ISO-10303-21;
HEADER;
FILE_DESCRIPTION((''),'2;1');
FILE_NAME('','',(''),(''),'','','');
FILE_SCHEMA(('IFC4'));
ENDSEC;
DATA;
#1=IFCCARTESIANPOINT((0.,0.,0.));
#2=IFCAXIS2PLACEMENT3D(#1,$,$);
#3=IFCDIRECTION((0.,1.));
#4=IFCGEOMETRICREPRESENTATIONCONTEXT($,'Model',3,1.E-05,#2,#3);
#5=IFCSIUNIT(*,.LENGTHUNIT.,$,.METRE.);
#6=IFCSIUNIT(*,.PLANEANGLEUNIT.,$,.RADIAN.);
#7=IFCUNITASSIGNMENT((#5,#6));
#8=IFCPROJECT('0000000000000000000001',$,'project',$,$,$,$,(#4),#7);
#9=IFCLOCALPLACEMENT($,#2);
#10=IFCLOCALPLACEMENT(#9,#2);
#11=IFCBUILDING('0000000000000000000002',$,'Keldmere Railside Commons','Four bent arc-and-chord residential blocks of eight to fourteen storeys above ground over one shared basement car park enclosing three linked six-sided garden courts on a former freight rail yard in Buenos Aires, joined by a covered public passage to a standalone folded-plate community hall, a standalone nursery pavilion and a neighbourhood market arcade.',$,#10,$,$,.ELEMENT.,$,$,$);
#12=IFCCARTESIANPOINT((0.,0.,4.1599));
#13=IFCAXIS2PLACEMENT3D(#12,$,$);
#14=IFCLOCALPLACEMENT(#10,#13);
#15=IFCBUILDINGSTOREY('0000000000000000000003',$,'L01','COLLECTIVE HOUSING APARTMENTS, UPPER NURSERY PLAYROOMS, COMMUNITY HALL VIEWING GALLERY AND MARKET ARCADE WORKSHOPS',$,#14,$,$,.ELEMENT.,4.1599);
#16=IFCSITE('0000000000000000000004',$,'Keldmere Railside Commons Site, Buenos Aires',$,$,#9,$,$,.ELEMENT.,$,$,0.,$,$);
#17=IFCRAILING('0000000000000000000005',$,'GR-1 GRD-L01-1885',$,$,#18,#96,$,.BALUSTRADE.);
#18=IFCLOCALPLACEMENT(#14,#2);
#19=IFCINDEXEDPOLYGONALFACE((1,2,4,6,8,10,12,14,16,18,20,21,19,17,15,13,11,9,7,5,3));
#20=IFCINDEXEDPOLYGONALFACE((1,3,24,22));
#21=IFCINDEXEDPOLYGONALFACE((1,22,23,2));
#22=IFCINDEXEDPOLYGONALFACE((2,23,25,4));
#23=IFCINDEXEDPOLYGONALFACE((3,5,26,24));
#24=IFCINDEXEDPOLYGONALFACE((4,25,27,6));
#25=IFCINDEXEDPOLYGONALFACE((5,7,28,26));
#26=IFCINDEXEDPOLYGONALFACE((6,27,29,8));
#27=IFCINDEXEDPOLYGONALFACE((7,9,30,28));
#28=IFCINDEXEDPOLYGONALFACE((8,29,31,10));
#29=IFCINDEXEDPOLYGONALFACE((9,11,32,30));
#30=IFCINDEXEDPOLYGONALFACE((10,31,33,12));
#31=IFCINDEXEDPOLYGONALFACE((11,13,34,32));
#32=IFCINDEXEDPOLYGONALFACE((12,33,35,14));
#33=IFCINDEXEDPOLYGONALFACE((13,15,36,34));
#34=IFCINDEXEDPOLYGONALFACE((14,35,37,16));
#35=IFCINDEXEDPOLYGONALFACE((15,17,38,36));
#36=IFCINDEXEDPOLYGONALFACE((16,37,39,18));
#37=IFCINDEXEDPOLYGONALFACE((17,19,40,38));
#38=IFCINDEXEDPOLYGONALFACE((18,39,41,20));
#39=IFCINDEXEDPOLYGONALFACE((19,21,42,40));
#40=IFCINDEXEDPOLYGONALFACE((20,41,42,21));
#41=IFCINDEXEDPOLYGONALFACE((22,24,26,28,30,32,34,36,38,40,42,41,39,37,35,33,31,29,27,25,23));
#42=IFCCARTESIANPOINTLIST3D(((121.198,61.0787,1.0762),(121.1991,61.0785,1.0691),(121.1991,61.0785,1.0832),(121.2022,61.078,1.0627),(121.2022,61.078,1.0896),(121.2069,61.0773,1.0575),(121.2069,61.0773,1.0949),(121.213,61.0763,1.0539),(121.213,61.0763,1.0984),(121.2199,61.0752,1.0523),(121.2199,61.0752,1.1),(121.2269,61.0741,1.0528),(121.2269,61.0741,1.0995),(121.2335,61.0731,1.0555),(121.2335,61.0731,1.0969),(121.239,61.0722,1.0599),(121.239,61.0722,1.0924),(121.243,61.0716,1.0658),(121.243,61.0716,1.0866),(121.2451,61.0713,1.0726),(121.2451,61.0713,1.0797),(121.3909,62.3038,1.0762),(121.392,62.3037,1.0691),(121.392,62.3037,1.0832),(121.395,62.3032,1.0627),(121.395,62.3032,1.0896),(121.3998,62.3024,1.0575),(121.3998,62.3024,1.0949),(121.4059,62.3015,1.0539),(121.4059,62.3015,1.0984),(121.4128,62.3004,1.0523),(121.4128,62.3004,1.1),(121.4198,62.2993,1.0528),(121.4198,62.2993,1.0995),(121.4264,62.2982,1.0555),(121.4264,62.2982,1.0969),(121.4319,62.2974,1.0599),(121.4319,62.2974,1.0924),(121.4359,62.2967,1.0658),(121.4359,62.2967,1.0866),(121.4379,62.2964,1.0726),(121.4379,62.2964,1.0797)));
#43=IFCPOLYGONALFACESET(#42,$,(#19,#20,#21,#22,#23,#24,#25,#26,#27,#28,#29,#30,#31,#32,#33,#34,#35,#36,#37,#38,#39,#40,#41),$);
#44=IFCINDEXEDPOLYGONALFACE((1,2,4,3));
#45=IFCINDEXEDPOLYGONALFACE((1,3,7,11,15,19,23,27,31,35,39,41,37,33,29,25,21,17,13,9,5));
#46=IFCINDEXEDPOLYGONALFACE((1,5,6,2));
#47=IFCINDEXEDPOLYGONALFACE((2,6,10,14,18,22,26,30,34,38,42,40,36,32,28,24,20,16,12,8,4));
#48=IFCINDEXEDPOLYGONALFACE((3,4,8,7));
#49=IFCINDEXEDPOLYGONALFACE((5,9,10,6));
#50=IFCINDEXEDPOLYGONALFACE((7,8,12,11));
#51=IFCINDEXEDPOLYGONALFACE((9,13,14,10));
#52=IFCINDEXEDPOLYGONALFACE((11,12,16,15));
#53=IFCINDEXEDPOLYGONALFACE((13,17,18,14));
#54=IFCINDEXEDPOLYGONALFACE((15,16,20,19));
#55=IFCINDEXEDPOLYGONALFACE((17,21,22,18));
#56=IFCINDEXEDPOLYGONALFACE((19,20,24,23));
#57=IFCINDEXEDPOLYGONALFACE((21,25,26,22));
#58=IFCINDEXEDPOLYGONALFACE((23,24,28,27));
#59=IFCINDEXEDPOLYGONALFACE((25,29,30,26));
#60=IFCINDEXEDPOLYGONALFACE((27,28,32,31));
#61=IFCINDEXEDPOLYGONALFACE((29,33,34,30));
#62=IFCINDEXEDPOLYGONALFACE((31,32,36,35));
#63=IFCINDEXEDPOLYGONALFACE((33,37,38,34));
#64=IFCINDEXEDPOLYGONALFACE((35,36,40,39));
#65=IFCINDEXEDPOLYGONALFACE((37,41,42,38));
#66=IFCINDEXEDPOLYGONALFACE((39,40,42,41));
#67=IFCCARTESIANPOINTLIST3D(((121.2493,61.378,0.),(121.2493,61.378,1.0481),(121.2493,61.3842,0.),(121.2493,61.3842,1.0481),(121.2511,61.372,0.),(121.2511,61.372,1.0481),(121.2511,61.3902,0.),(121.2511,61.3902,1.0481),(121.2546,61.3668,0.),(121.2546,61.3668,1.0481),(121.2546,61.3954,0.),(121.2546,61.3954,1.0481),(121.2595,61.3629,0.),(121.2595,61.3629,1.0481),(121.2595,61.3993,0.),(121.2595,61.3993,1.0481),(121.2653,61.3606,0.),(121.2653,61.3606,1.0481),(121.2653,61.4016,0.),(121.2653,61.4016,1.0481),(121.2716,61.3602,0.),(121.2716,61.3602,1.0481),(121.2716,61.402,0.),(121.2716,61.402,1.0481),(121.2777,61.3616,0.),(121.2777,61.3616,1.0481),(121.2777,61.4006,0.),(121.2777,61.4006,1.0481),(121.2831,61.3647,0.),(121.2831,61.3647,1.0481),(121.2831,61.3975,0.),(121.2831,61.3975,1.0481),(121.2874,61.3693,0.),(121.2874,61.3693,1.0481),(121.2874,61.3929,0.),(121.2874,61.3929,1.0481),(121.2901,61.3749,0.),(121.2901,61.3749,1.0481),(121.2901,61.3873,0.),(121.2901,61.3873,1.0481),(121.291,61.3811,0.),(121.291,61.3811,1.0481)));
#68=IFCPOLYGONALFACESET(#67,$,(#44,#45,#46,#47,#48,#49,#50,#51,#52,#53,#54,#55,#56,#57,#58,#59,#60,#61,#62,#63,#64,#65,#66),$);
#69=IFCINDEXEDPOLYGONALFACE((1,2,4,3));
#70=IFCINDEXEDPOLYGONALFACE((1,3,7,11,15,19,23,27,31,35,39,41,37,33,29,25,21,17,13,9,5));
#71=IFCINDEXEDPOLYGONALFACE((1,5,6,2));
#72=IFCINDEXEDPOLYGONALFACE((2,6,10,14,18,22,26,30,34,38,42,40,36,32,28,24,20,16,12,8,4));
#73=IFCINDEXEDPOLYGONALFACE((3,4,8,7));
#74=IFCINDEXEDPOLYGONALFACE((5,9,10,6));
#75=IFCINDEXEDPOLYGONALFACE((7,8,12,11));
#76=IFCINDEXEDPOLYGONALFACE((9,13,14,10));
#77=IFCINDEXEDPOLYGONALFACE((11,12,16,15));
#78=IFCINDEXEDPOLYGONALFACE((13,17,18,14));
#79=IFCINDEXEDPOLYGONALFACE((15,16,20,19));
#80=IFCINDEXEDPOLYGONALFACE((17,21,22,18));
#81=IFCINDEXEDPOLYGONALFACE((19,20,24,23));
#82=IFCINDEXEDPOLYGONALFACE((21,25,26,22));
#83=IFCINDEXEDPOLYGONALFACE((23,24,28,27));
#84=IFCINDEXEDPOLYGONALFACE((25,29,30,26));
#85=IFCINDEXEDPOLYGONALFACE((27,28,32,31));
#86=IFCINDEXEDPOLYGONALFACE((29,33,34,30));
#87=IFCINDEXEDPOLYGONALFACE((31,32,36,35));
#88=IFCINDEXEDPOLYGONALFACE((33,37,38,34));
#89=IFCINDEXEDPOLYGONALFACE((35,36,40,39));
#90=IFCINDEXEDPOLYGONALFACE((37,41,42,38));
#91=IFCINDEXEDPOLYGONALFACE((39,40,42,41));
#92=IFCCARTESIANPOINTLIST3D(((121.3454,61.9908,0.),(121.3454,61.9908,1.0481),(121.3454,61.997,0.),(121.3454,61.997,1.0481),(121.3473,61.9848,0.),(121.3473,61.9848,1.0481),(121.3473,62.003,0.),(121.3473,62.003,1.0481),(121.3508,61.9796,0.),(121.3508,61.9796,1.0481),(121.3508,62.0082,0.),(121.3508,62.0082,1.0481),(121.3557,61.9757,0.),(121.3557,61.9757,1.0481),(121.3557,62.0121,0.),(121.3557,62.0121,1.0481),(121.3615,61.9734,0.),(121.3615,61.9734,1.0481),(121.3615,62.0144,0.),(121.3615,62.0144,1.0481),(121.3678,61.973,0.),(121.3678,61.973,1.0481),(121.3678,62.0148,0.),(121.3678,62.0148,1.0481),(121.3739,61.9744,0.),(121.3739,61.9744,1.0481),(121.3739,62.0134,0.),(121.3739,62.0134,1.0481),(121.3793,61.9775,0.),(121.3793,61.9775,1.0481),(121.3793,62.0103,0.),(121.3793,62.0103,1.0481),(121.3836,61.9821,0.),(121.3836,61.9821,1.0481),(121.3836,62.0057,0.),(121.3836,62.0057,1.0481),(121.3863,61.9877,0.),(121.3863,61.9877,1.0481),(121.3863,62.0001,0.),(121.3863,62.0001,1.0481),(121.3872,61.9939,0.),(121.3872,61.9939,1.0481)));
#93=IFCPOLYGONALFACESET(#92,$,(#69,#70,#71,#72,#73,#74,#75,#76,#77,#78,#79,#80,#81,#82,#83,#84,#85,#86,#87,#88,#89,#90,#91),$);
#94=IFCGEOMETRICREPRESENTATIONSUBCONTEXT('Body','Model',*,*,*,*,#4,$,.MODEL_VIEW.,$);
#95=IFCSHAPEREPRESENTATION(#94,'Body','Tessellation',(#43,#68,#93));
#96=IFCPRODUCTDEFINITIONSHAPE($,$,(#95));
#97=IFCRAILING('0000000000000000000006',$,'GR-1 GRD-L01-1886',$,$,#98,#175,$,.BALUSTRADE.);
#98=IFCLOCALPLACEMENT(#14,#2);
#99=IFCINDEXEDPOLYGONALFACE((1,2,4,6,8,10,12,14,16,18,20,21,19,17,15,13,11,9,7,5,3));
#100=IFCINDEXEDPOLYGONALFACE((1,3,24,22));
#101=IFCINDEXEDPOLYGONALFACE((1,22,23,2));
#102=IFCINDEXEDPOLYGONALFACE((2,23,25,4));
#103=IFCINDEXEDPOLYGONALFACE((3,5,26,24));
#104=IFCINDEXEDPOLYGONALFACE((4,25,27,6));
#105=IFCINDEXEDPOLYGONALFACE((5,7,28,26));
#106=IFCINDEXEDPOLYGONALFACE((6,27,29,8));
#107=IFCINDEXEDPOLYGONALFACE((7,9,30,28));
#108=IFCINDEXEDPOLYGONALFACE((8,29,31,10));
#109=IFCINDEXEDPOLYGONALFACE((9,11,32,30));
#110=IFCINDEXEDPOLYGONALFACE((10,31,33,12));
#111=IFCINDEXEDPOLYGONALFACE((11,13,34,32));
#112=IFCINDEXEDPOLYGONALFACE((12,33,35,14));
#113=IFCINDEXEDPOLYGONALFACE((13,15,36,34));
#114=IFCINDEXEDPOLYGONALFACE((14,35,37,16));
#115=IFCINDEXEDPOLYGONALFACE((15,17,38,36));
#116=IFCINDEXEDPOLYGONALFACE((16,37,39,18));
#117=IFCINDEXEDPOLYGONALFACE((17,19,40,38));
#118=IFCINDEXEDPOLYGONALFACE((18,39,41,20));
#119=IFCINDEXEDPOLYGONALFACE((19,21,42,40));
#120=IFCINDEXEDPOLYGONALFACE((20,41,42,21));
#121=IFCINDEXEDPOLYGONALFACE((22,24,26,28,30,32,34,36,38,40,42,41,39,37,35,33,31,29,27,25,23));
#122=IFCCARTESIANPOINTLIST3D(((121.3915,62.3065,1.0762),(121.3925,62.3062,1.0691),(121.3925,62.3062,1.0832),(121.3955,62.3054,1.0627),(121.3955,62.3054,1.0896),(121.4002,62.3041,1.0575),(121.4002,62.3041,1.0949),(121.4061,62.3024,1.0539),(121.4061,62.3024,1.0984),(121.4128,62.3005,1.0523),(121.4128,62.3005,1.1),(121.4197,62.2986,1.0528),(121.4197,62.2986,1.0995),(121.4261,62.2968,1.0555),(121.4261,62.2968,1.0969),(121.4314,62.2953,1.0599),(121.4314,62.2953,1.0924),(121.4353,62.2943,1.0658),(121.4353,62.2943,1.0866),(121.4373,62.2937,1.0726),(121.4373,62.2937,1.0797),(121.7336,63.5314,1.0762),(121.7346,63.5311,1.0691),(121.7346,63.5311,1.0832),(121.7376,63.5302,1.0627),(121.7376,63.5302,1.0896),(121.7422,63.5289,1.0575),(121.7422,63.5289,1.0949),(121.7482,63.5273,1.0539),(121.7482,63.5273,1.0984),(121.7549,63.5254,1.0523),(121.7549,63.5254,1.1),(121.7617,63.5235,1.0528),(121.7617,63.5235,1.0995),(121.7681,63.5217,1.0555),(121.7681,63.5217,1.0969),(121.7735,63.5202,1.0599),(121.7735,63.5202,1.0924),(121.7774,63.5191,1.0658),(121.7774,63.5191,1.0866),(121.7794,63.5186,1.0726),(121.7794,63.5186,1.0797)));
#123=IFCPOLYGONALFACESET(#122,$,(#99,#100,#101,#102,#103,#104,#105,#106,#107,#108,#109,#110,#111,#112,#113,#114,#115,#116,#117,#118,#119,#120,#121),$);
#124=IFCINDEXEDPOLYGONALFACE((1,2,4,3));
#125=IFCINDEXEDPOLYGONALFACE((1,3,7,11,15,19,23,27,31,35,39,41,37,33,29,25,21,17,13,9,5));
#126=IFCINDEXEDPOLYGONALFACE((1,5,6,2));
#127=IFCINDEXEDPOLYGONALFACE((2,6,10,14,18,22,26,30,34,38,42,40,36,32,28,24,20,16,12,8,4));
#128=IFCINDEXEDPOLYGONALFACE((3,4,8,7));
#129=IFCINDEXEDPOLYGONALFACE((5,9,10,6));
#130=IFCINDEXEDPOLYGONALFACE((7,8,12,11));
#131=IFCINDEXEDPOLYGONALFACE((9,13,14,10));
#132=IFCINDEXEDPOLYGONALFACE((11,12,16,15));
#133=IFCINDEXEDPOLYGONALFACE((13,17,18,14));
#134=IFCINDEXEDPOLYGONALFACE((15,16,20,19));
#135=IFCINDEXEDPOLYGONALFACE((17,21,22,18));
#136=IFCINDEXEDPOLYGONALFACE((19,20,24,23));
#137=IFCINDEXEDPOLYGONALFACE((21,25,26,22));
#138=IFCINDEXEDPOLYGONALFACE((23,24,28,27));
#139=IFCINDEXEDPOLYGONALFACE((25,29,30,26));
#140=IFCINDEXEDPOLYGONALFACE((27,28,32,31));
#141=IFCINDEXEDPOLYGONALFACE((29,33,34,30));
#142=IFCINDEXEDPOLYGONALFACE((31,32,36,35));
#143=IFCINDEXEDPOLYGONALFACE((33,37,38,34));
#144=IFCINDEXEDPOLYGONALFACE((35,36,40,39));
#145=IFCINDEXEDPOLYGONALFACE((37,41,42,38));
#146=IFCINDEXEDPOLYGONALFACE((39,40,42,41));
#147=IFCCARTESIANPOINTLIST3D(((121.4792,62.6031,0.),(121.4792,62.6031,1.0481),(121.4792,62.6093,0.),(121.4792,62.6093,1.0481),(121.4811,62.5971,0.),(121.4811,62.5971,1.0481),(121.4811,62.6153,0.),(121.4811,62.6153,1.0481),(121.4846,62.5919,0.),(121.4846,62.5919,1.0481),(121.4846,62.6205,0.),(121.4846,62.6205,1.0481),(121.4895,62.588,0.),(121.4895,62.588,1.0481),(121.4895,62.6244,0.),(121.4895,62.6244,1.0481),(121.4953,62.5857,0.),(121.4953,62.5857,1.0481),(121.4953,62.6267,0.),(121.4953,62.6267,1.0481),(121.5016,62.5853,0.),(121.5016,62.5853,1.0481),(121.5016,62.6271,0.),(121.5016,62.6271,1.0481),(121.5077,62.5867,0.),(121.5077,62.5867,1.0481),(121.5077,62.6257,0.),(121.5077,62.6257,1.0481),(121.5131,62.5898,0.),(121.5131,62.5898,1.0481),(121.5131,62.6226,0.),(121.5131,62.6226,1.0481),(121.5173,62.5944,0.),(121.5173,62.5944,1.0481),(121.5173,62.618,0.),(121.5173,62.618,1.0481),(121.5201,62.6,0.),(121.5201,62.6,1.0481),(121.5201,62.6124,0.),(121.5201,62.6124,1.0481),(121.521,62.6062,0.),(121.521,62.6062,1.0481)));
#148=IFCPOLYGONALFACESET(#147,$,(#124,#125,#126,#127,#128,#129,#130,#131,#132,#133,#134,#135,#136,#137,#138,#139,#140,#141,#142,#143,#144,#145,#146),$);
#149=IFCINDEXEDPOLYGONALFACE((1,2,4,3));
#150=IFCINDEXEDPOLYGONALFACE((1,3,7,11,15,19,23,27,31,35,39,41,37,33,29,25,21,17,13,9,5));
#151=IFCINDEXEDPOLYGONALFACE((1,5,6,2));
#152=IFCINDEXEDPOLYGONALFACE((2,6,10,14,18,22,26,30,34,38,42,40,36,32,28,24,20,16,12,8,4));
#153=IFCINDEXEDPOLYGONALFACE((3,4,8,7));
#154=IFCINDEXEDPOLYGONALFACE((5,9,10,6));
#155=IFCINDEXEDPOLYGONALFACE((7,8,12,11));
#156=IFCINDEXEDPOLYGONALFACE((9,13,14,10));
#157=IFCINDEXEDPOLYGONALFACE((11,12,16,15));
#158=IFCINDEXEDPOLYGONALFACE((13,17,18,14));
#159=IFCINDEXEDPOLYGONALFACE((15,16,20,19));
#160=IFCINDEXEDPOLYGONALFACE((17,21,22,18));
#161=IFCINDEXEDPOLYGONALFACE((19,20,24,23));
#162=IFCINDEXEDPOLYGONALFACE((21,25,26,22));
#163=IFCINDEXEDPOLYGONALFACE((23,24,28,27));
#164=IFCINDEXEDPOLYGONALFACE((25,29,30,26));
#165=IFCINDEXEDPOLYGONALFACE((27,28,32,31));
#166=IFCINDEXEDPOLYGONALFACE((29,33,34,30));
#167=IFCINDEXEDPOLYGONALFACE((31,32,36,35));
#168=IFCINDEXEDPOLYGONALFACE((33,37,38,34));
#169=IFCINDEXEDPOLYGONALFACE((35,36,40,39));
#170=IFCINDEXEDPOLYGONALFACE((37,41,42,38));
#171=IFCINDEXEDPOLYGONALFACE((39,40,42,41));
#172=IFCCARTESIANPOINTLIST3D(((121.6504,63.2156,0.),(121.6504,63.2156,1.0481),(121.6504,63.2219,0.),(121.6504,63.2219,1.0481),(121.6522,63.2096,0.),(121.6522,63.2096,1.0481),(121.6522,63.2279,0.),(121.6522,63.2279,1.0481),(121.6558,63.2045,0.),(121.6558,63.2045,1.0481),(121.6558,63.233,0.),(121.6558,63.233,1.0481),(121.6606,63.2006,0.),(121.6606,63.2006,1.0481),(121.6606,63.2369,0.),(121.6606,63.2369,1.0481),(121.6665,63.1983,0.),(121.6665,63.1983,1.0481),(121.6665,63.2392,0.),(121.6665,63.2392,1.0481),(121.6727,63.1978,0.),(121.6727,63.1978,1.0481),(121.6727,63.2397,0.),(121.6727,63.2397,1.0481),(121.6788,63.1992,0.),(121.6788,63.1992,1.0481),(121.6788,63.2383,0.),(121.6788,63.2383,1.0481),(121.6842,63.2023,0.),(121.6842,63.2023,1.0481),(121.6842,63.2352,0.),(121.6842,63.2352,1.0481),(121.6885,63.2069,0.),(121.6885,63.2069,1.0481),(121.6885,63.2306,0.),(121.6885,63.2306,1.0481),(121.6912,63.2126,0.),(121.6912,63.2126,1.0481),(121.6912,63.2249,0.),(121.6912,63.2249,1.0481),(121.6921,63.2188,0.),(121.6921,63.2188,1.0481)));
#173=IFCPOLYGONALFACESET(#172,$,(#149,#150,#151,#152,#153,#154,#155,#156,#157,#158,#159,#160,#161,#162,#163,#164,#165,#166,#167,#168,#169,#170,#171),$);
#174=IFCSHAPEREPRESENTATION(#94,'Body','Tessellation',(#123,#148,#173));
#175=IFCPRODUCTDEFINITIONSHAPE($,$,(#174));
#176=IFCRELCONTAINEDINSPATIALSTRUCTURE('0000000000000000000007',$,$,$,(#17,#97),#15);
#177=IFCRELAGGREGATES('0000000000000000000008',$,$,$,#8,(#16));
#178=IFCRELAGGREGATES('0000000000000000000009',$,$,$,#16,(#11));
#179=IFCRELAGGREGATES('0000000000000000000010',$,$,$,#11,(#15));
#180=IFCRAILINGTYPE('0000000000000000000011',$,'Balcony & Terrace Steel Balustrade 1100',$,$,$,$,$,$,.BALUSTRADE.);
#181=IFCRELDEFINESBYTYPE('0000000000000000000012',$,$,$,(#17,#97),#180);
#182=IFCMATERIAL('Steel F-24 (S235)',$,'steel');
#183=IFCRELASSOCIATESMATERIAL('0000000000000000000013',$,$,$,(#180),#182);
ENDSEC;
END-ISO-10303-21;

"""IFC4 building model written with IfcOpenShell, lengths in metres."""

from ifc_helpers import new_model, si_unit, direction, frame, origin, origin_2d, place, context, subcontext, project, spatial, circle, extrude, material, type_object, element, save


model = new_model("IFC4")

# Units and contexts
model_context = context("Model", 3, precision=1e-05, world=origin(), true_north=direction((0.0, 1.0)))
body_context = subcontext(model_context, "Body", "Model", "MODEL_VIEW")
ifc_project = project(units=[si_unit("LENGTHUNIT", "METRE"), si_unit("PLANEANGLEUNIT", "RADIAN")], contexts=[model_context])

# Site, building, storey
site_placement = place(None, origin())
site = spatial("IfcSite", under=ifc_project, at=site_placement, Name="Keldmere Railside Commons Site, Buenos Aires", CompositionType="ELEMENT", RefElevation=0.0)
building_placement = place(site_placement, origin())
building = spatial("IfcBuilding", under=site, at=building_placement, Name="Keldmere Railside Commons", Description="Four bent arc-and-chord residential blocks of eight to fourteen storeys above ground over one shared basement car park enclosing three linked six-sided garden courts on a former freight rail yard in Buenos Aires, joined by a covered public passage to a standalone folded-plate community hall, a standalone nursery pavilion and a neighbourhood market arcade.", CompositionType="ELEMENT")
storey_placement = place(building_placement, frame((0.0, 0.0, 4.1599)))
storey = spatial("IfcBuildingStorey", under=building, at=storey_placement, Name="L01", Description="COLLECTIVE HOUSING APARTMENTS, UPPER NURSERY PLAYROOMS, COMMUNITY HALL VIEWING GALLERY AND MARKET ARCADE WORKSHOPS", CompositionType="ELEMENT", Elevation=4.1599)

# Railings
ifc_material_1 = material(Name="Steel F-24 (S235)", Category="steel")
railing_type = type_object("IfcRailingType", Name="Balcony & Terrace Steel Balustrade 1100", PredefinedType="BALUSTRADE", material=ifc_material_1)
railing_1_placement = place(storey_placement, frame((121.2217, 61.075, 0.0)))
element("IfcRailing", 1, at=railing_1_placement, inside=storey, type_object=railing_type, Name="GR-1 GRD-L01-1885", PredefinedType="BALUSTRADE", context=body_context, shape_type="SweptSolid", body=[
    extrude(circle(Radius=0.0239, at=origin_2d()), frame((0.0, 0.0, 1.0762), z_axis=(0.155518, 0.987833, 0.0), x_axis=(-0.987833, 0.155518, 0.0)), (0.0, 0.0, 1.0), 1.2402),
    extrude(circle(Radius=0.021, at=origin_2d()), frame((0.0483, 0.3062, 0.0)), (0.0, 0.0, 1.0), 1.0481),
    extrude(circle(Radius=0.021, at=origin_2d()), frame((0.1445, 0.9189, 0.0)), (0.0, 0.0, 1.0), 1.0481),
])
railing_2_placement = place(storey_placement, frame((121.4146, 62.3, 0.0)))
element("IfcRailing", 2, at=railing_2_placement, inside=storey, type_object=railing_type, Name="GR-1 GRD-L01-1886", PredefinedType="BALUSTRADE", context=body_context, shape_type="SweptSolid", body=[
    extrude(circle(Radius=0.0239, at=origin_2d()), frame((0.0, 0.0, 1.0762), z_axis=(0.268961, 0.963151, 0.0), x_axis=(-0.963151, 0.268961, 0.0)), (0.0, 0.0, 1.0), 1.2717),
    extrude(circle(Radius=0.021, at=origin_2d()), frame((0.0854, 0.3062, 0.0)), (0.0, 0.0, 1.0), 1.0481),
    extrude(circle(Radius=0.021, at=origin_2d()), frame((0.2566, 0.9187, 0.0)), (0.0, 0.0, 1.0), 1.0481),
])

save(model, "model.ifc")
